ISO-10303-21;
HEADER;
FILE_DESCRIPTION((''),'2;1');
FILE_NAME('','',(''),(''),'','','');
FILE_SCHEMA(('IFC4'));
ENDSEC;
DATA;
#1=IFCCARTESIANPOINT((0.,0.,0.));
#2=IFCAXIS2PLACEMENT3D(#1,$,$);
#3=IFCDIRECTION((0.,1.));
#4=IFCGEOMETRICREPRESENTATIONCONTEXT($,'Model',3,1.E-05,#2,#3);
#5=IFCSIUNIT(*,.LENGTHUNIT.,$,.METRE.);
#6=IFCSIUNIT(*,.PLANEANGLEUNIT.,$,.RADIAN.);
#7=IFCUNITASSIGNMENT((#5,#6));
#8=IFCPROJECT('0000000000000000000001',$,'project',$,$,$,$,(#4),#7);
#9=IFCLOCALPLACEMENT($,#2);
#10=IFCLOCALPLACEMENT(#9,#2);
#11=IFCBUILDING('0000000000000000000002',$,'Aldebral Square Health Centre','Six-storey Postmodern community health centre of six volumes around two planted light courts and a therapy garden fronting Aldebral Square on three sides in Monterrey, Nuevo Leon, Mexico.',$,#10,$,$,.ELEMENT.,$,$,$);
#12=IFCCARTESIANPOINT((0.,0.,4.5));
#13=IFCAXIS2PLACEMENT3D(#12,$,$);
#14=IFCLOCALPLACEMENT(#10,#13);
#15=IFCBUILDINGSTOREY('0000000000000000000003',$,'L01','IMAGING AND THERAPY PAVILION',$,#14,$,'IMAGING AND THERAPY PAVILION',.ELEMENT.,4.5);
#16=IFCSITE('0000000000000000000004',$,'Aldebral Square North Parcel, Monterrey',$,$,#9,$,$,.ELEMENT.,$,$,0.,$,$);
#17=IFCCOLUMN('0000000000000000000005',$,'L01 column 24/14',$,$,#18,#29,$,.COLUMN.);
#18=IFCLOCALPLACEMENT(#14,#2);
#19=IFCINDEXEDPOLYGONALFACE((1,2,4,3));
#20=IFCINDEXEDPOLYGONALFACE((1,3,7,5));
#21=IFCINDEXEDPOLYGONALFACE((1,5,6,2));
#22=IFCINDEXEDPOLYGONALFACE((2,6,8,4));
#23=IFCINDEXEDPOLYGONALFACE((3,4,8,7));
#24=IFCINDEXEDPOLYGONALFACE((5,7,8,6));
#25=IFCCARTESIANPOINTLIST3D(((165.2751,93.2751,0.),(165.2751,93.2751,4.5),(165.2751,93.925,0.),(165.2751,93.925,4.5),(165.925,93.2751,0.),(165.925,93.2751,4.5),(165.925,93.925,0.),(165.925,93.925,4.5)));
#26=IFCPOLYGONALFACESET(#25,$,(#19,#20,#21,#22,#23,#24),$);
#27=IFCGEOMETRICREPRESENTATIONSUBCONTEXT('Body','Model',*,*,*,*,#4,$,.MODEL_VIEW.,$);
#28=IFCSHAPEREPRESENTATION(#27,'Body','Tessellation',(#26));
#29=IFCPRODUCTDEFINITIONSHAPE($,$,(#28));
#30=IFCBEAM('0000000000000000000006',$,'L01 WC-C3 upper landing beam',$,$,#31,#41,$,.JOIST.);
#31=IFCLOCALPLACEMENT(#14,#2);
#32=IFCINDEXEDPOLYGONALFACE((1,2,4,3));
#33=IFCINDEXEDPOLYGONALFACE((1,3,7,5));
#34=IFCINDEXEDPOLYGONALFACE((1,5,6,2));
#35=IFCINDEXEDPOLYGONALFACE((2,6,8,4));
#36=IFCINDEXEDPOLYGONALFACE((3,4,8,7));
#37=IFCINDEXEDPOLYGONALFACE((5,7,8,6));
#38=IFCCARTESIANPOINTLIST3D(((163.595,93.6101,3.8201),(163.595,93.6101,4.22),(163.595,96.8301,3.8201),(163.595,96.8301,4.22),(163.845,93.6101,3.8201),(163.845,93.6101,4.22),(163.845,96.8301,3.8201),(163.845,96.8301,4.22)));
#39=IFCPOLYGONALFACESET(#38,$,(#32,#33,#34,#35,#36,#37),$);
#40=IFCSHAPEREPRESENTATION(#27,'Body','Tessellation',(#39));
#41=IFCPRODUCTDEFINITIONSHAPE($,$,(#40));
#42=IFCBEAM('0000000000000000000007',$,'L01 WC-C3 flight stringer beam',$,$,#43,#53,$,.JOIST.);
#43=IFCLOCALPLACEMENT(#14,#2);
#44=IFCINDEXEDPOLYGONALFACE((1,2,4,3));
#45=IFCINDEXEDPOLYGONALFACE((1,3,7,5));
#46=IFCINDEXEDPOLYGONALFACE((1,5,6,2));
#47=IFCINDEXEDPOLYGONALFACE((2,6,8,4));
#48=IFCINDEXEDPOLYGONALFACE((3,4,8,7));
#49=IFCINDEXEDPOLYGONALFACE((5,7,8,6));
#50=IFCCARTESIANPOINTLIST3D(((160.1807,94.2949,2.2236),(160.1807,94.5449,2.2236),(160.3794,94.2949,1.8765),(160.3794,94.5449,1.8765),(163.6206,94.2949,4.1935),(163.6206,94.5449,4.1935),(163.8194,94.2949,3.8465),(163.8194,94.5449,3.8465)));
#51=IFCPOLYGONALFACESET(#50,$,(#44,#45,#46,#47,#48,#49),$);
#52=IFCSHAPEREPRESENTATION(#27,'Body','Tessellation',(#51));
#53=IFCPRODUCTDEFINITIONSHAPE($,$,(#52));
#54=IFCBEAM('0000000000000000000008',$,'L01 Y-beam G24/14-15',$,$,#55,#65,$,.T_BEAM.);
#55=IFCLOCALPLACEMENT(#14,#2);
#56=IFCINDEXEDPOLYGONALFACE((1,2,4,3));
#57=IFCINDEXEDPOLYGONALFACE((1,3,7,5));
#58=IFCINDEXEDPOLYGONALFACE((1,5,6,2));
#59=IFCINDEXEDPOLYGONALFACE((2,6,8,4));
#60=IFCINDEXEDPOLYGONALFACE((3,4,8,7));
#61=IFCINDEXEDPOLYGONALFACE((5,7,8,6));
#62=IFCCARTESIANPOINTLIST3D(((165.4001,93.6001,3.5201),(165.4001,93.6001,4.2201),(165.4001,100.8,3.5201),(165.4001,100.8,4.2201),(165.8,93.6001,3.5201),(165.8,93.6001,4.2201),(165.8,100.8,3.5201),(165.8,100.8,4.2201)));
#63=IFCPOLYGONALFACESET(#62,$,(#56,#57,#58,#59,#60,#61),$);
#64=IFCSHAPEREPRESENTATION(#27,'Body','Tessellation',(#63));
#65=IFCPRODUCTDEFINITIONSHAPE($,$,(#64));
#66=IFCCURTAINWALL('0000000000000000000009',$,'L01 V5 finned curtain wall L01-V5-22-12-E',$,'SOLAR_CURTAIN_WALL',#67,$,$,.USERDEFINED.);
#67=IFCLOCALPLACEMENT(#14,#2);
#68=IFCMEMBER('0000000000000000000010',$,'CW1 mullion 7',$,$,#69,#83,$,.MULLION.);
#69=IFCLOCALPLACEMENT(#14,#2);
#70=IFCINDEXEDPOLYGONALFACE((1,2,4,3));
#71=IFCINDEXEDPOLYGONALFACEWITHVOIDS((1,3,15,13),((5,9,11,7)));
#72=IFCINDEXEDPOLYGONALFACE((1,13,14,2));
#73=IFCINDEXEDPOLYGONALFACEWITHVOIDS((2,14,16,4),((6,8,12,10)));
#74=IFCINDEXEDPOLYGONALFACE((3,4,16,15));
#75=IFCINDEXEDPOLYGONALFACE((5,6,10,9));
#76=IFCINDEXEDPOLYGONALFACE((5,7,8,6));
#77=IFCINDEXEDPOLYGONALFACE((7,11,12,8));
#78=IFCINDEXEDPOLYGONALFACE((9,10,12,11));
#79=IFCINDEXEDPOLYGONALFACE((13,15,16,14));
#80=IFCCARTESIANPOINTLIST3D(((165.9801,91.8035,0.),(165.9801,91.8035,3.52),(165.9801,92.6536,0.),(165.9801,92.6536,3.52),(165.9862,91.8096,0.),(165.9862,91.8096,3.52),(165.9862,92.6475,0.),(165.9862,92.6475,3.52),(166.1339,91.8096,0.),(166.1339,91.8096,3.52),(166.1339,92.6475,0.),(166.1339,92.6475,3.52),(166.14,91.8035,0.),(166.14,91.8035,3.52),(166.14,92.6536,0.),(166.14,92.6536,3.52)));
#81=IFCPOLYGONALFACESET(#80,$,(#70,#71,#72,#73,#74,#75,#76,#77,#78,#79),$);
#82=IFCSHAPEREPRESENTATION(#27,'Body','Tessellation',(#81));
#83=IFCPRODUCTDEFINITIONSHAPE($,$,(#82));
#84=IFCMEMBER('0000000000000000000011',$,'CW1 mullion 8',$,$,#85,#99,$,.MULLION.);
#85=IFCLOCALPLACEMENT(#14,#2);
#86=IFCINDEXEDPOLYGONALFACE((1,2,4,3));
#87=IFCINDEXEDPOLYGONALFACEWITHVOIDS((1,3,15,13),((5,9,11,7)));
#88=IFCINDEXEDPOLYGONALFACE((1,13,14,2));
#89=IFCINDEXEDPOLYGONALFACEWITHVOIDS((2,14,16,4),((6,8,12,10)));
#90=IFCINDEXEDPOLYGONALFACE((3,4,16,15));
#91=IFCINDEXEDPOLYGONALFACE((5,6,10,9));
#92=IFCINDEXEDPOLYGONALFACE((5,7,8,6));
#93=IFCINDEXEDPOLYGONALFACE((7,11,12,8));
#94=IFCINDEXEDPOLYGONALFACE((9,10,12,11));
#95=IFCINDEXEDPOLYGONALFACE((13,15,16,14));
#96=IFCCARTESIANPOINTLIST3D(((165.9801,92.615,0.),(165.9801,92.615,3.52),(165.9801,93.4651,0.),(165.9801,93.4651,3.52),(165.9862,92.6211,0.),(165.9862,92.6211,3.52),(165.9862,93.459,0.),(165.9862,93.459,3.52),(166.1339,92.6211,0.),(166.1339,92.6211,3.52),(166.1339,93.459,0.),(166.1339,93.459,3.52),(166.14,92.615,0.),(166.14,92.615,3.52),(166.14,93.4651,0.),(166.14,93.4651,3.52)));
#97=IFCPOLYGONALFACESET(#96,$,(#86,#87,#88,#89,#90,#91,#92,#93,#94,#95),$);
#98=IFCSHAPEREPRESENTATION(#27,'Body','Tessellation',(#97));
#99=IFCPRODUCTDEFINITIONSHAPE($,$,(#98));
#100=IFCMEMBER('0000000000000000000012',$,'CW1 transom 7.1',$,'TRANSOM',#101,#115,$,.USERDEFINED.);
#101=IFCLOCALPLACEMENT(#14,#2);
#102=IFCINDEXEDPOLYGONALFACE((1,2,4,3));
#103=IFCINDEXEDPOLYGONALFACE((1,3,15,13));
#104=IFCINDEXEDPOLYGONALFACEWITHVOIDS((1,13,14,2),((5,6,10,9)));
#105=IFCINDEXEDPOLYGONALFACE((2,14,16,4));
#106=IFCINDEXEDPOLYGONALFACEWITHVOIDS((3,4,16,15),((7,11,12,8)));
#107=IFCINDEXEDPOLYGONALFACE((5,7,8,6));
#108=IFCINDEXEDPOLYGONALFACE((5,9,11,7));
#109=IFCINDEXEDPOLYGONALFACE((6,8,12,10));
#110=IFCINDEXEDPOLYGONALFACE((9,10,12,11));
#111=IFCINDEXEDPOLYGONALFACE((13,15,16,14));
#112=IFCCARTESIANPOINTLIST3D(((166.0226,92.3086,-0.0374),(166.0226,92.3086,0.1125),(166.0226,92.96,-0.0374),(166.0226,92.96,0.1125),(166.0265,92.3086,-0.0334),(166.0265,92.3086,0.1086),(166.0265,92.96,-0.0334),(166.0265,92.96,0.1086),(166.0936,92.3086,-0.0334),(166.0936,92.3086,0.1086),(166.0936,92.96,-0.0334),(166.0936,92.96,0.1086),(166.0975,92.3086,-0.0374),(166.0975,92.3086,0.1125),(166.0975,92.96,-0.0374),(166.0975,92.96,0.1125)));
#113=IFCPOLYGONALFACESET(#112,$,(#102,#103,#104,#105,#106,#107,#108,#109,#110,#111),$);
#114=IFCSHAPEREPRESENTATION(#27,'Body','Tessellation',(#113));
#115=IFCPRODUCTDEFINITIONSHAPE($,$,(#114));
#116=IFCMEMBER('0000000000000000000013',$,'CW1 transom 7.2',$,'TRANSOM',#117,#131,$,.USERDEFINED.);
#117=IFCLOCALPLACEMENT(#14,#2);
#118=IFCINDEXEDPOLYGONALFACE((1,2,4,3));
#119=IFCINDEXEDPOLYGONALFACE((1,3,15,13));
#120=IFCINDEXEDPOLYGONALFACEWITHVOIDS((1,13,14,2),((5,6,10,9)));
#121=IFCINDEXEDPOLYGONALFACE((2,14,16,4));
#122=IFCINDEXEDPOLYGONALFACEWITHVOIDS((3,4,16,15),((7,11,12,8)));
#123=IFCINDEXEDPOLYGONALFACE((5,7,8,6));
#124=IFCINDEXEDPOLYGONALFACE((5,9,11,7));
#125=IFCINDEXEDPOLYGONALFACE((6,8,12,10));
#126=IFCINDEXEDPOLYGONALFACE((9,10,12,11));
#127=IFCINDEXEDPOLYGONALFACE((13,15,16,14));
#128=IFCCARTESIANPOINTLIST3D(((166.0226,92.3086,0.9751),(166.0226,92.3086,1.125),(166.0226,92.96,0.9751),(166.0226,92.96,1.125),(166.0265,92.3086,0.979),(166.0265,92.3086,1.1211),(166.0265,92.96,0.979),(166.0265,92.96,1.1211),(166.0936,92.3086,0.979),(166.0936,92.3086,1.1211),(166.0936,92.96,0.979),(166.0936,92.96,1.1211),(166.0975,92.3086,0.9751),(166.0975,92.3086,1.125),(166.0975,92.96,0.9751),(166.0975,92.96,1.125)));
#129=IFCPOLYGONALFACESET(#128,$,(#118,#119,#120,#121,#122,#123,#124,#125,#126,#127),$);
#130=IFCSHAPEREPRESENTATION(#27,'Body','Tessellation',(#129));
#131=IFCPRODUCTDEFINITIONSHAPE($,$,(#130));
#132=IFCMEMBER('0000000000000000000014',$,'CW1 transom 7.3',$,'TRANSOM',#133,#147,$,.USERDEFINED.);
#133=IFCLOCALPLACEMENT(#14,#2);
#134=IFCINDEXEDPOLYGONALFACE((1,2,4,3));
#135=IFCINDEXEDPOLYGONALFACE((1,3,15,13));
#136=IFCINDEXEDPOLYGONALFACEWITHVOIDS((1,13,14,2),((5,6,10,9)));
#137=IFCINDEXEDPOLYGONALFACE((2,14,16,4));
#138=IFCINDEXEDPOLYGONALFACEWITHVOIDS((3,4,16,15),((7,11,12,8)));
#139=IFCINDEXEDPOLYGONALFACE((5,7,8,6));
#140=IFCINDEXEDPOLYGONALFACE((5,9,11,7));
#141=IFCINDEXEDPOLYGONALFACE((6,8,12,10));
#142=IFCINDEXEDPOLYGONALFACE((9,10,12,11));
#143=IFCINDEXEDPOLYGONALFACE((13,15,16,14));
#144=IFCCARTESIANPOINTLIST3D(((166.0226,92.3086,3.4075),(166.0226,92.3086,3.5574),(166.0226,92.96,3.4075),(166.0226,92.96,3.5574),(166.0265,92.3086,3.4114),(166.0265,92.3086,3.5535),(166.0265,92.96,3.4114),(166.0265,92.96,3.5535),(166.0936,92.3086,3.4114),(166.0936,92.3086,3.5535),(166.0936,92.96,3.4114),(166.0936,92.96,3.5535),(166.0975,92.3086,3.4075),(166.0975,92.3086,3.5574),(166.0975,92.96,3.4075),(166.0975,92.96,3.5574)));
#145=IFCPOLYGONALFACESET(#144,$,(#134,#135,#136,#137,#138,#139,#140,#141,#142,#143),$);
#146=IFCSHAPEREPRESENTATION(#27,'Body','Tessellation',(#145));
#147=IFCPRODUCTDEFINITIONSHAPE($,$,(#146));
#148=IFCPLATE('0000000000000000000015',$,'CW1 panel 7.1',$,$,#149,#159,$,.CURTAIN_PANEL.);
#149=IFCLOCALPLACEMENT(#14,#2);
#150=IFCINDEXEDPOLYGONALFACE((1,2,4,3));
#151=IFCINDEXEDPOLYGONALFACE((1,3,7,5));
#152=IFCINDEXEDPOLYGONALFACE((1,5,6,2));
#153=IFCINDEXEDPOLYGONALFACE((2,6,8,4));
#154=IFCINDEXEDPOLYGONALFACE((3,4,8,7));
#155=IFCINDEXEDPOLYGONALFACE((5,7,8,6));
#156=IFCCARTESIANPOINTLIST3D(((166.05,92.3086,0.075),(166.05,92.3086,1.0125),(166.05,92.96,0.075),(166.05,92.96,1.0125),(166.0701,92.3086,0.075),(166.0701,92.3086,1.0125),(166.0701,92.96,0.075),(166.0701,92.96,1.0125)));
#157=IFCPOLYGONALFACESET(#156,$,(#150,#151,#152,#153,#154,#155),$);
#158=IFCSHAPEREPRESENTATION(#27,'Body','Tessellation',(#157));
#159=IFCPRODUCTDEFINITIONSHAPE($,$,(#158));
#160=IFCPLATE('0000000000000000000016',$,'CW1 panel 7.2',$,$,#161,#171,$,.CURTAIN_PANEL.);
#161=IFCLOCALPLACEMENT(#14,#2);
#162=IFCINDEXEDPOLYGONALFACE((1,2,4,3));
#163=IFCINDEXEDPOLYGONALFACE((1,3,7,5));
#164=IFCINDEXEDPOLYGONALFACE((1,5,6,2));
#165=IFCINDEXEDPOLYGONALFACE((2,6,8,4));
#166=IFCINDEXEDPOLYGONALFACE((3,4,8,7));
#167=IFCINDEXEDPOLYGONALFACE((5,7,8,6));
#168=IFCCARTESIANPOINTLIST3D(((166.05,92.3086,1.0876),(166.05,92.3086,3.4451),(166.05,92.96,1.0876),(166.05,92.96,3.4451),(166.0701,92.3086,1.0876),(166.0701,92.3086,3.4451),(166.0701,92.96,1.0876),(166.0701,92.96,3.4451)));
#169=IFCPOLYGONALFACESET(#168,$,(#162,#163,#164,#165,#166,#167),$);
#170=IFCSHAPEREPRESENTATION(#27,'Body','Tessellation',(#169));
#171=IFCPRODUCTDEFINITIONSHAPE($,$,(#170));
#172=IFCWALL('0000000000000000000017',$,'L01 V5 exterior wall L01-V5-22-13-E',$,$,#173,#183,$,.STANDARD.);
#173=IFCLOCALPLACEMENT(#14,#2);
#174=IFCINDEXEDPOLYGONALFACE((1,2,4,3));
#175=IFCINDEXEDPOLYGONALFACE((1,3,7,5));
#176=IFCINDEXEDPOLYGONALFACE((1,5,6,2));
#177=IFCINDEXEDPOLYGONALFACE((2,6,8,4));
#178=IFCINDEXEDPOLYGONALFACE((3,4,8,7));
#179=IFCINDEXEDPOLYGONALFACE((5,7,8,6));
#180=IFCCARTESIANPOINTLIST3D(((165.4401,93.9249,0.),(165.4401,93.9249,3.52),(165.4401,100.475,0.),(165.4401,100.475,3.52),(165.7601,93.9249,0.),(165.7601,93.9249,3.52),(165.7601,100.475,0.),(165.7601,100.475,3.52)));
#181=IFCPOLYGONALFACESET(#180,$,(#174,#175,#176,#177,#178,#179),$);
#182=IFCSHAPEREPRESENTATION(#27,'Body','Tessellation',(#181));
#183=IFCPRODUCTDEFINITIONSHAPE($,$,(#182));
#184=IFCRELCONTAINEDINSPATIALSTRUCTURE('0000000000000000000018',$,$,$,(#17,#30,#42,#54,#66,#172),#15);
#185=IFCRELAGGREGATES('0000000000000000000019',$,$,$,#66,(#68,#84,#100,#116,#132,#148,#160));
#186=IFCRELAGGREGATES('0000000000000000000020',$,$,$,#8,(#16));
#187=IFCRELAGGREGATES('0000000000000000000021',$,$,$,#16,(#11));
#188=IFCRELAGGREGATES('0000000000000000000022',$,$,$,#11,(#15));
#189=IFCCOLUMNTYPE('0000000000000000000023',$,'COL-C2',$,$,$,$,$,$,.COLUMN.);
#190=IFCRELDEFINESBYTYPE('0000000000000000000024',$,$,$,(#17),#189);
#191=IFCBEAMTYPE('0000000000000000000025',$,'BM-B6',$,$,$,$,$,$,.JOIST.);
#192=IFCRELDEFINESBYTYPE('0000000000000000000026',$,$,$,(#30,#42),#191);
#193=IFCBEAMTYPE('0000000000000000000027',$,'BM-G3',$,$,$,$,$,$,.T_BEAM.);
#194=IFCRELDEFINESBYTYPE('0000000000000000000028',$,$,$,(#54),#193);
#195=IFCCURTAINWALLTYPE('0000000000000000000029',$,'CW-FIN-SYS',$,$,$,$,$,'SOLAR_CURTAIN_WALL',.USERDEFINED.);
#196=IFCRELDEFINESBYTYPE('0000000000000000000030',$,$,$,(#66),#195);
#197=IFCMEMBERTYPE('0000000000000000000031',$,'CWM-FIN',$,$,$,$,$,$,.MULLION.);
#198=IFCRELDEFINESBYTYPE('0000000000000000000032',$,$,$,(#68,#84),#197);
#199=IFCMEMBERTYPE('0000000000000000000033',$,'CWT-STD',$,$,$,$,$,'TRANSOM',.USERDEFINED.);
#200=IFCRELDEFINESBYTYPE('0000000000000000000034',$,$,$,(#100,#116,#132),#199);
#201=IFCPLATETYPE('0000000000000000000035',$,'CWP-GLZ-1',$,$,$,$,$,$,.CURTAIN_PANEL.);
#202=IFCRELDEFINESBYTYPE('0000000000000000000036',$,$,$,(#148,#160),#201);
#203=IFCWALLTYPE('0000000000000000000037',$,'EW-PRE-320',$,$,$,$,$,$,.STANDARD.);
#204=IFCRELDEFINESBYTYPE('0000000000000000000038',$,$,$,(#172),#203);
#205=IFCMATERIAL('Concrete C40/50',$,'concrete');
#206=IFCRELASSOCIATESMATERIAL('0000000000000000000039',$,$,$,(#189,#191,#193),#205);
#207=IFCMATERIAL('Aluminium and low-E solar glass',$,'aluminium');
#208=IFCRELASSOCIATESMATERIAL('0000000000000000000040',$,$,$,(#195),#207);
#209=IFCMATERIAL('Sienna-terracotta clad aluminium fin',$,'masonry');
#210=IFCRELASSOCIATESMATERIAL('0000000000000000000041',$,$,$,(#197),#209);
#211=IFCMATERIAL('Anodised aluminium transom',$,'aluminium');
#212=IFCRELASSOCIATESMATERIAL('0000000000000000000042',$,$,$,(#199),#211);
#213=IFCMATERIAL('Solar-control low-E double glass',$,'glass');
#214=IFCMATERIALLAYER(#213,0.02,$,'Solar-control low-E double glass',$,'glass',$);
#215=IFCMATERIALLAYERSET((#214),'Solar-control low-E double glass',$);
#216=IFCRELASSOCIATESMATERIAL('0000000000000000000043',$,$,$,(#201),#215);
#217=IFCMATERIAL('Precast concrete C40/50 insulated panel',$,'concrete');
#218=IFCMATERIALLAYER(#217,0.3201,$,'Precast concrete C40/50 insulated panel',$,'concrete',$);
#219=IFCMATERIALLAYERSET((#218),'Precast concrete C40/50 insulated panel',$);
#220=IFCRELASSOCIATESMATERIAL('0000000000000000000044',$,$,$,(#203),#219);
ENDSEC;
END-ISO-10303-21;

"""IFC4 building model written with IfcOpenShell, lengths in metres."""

from ifc_helpers import new_model, si_unit, direction, frame, frame_2d, origin, origin_2d, place, context, subcontext, project, spatial, rectangle, hollow_rectangle, extrude, material, layer, layer_set, material_profile, profile_set, type_object, element, aggregate, save


model = new_model("IFC4")

# Units and contexts
model_context = context("Model", 3, precision=1e-05, world=origin(), true_north=direction((0.0, 1.0)))
body_context = subcontext(model_context, "Body", "Model", "MODEL_VIEW")
ifc_project = project(units=[si_unit("LENGTHUNIT", "METRE"), si_unit("PLANEANGLEUNIT", "RADIAN")], contexts=[model_context])

# Site, building, storey
site_placement = place(None, origin())
site = spatial("IfcSite", under=ifc_project, at=site_placement, Name="Aldebral Square North Parcel, Monterrey", CompositionType="ELEMENT", RefElevation=0.0)
building_placement = place(site_placement, origin())
building = spatial("IfcBuilding", under=site, at=building_placement, Name="Aldebral Square Health Centre", Description="Six-storey Postmodern community health centre of six volumes around two planted light courts and a therapy garden fronting Aldebral Square on three sides in Monterrey, Nuevo Leon, Mexico.", CompositionType="ELEMENT")
storey_placement = place(building_placement, frame((0.0, 0.0, 4.5)))
storey = spatial("IfcBuildingStorey", under=building, at=storey_placement, Name="L01", Description="IMAGING AND THERAPY PAVILION", LongName="IMAGING AND THERAPY PAVILION", CompositionType="ELEMENT", Elevation=4.5)

# Column
ifc_material_1 = material(Name="Concrete C40/50", Category="concrete")
ifc_material_profile_1 = material_profile(ifc_material_1, rectangle(XDim=0.6499, YDim=0.6499, at=origin_2d()), Name="RC 650x650")
ifc_profile_set_1 = profile_set([ifc_material_profile_1], Name="Concrete C40/50")
column_type = type_object("IfcColumnType", Name="COL-C2", PredefinedType="COLUMN", material=ifc_profile_set_1)
column_placement = place(storey_placement, frame((165.6001, 93.6001, 0.0), z_axis=(0.0, 0.0, 1.0), x_axis=(1.0, 0.0, 0.0)))
element("IfcColumn", 1, at=column_placement, inside=storey, type_object=column_type, Name="L01 column 24/14", PredefinedType="COLUMN", context=body_context, shape_type="SweptSolid", body=[
    extrude(rectangle(XDim=0.6499, YDim=0.6499, at=origin_2d()), origin(), (0.0, 0.0, 1.0), 4.5),
])

# Beams
ifc_material_profile_2 = material_profile(ifc_material_1, rectangle(XDim=0.25, YDim=0.3999, at=origin_2d()), Name="RC 250x400")
ifc_profile_set_2 = profile_set([ifc_material_profile_2], Name="Concrete C40/50")
beam_type_1 = type_object("IfcBeamType", Name="BM-B6", PredefinedType="JOIST", material=ifc_profile_set_2)
beam_1_placement = place(storey_placement, frame((163.72, 93.6101, 4.02), z_axis=(0.0, 1.0, 0.0), x_axis=(-1.0, 0.0, 0.0)))
element("IfcBeam", 2, at=beam_1_placement, inside=storey, type_object=beam_type_1, Name="L01 WC-C3 upper landing beam", PredefinedType="JOIST", context=body_context, shape_type="SweptSolid", body=[
    extrude(rectangle(XDim=0.25, YDim=0.3999, at=origin_2d()), origin(), (0.0, 0.0, 1.0), 3.22),
])
beam_2_placement = place(storey_placement, frame((160.28, 94.4199, 2.05), z_axis=(0.867777, 0.0, 0.496955), x_axis=(0.0, 1.0, 0.0)))
element("IfcBeam", 3, at=beam_2_placement, inside=storey, type_object=beam_type_1, Name="L01 WC-C3 flight stringer beam", PredefinedType="JOIST", context=body_context, shape_type="SweptSolid", body=[
    extrude(rectangle(XDim=0.25, YDim=0.3999, at=origin_2d()), origin(), (0.0, 0.0, 1.0), 3.9641),
])
ifc_material_profile_3 = material_profile(ifc_material_1, rectangle(XDim=0.3999, YDim=0.7, at=origin_2d()), Name="RC 400x700")
ifc_profile_set_3 = profile_set([ifc_material_profile_3], Name="Concrete C40/50")
beam_type_2 = type_object("IfcBeamType", Name="BM-G3", PredefinedType="T_BEAM", material=ifc_profile_set_3)
beam_3_placement = place(storey_placement, frame((165.6001, 93.6001, 3.8701), z_axis=(0.0, 1.0, 0.0), x_axis=(-1.0, 0.0, 0.0)))
element("IfcBeam", 4, at=beam_3_placement, inside=storey, type_object=beam_type_2, Name="L01 Y-beam G24/14-15", PredefinedType="T_BEAM", context=body_context, shape_type="SweptSolid", body=[
    extrude(rectangle(XDim=0.3999, YDim=0.7, at=origin_2d()), origin(), (0.0, 0.0, 1.0), 7.2),
])

# Curtain wall, members, plates
ifc_material_2 = material(Name="Aluminium and low-E solar glass", Category="aluminium")
curtain_wall_type = type_object("IfcCurtainWallType", Name="CW-FIN-SYS", ElementType="SOLAR_CURTAIN_WALL", PredefinedType="USERDEFINED", material=ifc_material_2)
curtain_wall_placement = place(storey_placement, origin())
curtain_wall = element("IfcCurtainWall", 5, at=curtain_wall_placement, inside=storey, type_object=curtain_wall_type, Name="L01 V5 finned curtain wall L01-V5-22-12-E", ObjectType="SOLAR_CURTAIN_WALL", PredefinedType="USERDEFINED")
ifc_material_3 = material(Name="Sienna-terracotta clad aluminium fin", Category="masonry")
ifc_material_profile_4 = material_profile(ifc_material_3, hollow_rectangle(XDim=0.1599, YDim=0.8501, WallThickness=0.0061, at=origin_2d()), Name="FIN 160x850x6")
ifc_profile_set_4 = profile_set([ifc_material_profile_4], Name="Sienna-terracotta clad aluminium fin")
member_type_1 = type_object("IfcMemberType", Name="CWM-FIN", PredefinedType="MULLION", material=ifc_profile_set_4)
member_1_placement = place(storey_placement, frame((166.0601, 92.2285, 0.0), z_axis=(0.0, 0.0, 1.0), x_axis=(-1.0, 0.0, 0.0)))
member_1 = element("IfcMember", 6, at=member_1_placement, type_object=member_type_1, Name="CW1 mullion 7", PredefinedType="MULLION", context=body_context, shape_type="SweptSolid", body=[
    extrude(hollow_rectangle(XDim=0.1599, YDim=0.8501, WallThickness=0.0061, at=origin_2d()), origin(), (0.0, 0.0, 1.0), 3.52),
])
member_2_placement = place(storey_placement, frame((166.0601, 93.04, 0.0), z_axis=(0.0, 0.0, 1.0), x_axis=(-1.0, 0.0, 0.0)))
member_2 = element("IfcMember", 7, at=member_2_placement, type_object=member_type_1, Name="CW1 mullion 8", PredefinedType="MULLION", context=body_context, shape_type="SweptSolid", body=[
    extrude(hollow_rectangle(XDim=0.1599, YDim=0.8501, WallThickness=0.0061, at=origin_2d()), origin(), (0.0, 0.0, 1.0), 3.52),
])
ifc_material_4 = material(Name="Anodised aluminium transom", Category="aluminium")
ifc_material_profile_5 = material_profile(ifc_material_4, hollow_rectangle(XDim=0.075, YDim=0.1499, WallThickness=0.0039, at=origin_2d()), Name="CWT 75x150x4")
ifc_profile_set_5 = profile_set([ifc_material_profile_5], Name="Anodised aluminium transom")
member_type_2 = type_object("IfcMemberType", Name="CWT-STD", ElementType="TRANSOM", PredefinedType="USERDEFINED", material=ifc_profile_set_5)
member_3_placement = place(storey_placement, frame((166.0601, 92.3086, 0.0376), z_axis=(0.0, 1.0, 0.0), x_axis=(-1.0, 0.0, 0.0)))
member_3 = element("IfcMember", 8, at=member_3_placement, type_object=member_type_2, Name="CW1 transom 7.1", ObjectType="TRANSOM", PredefinedType="USERDEFINED", context=body_context, shape_type="SweptSolid", body=[
    extrude(hollow_rectangle(XDim=0.075, YDim=0.1499, WallThickness=0.0039, at=origin_2d()), origin(), (0.0, 0.0, 1.0), 0.6514),
])
member_4_placement = place(storey_placement, frame((166.0601, 92.3086, 1.05), z_axis=(0.0, 1.0, 0.0), x_axis=(-1.0, 0.0, 0.0)))
member_4 = element("IfcMember", 9, at=member_4_placement, type_object=member_type_2, Name="CW1 transom 7.2", ObjectType="TRANSOM", PredefinedType="USERDEFINED", context=body_context, shape_type="SweptSolid", body=[
    extrude(hollow_rectangle(XDim=0.075, YDim=0.1499, WallThickness=0.0039, at=origin_2d()), origin(), (0.0, 0.0, 1.0), 0.6514),
])
member_5_placement = place(storey_placement, frame((166.0601, 92.3086, 3.4824), z_axis=(0.0, 1.0, 0.0), x_axis=(-1.0, 0.0, 0.0)))
member_5 = element("IfcMember", 10, at=member_5_placement, type_object=member_type_2, Name="CW1 transom 7.3", ObjectType="TRANSOM", PredefinedType="USERDEFINED", context=body_context, shape_type="SweptSolid", body=[
    extrude(hollow_rectangle(XDim=0.075, YDim=0.1499, WallThickness=0.0039, at=origin_2d()), origin(), (0.0, 0.0, 1.0), 0.6514),
])
ifc_material_5 = material(Name="Solar-control low-E double glass", Category="glass")
ifc_layer_1 = layer(ifc_material_5, 0.02, Name="Solar-control low-E double glass", Category="glass")
ifc_layer_set_1 = layer_set([ifc_layer_1], Name="Solar-control low-E double glass")
plate_type = type_object("IfcPlateType", Name="CWP-GLZ-1", PredefinedType="CURTAIN_PANEL", material=ifc_layer_set_1)
plate_1_placement = place(storey_placement, frame((166.0601, 92.6343, 0.075), z_axis=(0.0, 0.0, 1.0), x_axis=(0.0, 1.0, 0.0)))
plate_1 = element("IfcPlate", 11, at=plate_1_placement, type_object=plate_type, Name="CW1 panel 7.1", PredefinedType="CURTAIN_PANEL", context=body_context, shape_type="SweptSolid", body=[
    extrude(rectangle(XDim=0.6514, YDim=0.02, at=origin_2d()), origin(), (0.0, 0.0, 1.0), 0.9375),
])
plate_2_placement = place(storey_placement, frame((166.0601, 92.6343, 1.0876), z_axis=(0.0, 0.0, 1.0), x_axis=(0.0, 1.0, 0.0)))
plate_2 = element("IfcPlate", 12, at=plate_2_placement, type_object=plate_type, Name="CW1 panel 7.2", PredefinedType="CURTAIN_PANEL", context=body_context, shape_type="SweptSolid", body=[
    extrude(rectangle(XDim=0.6514, YDim=0.02, at=origin_2d()), origin(), (0.0, 0.0, 1.0), 2.3574),
])
aggregate(curtain_wall, [member_1, member_2, member_3, member_4, member_5, plate_1, plate_2])

# Wall
ifc_material_6 = material(Name="Precast concrete C40/50 insulated panel", Category="concrete")
ifc_layer_2 = layer(ifc_material_6, 0.3201, Name="Precast concrete C40/50 insulated panel", Category="concrete")
ifc_layer_set_2 = layer_set([ifc_layer_2], Name="Precast concrete C40/50 insulated panel")
wall_type_1 = type_object("IfcWallType", Name="EW-PRE-320", PredefinedType="STANDARD", material=ifc_layer_set_2)
wall_1_placement = place(storey_placement, frame((165.6001, 93.925, 0.0), z_axis=(0.0, 0.0, 1.0), x_axis=(0.0, 1.0, 0.0)))
element("IfcWall", 13, at=wall_1_placement, inside=storey, type_object=wall_type_1, Name="L01 V5 exterior wall L01-V5-22-13-E", PredefinedType="STANDARD", context=body_context, shape_type="SweptSolid", body=[
    extrude(rectangle(XDim=6.55, YDim=0.3201, at=frame_2d((3.2749, 0.0))), origin(), (0.0, 0.0, 1.0), 3.52),
])

save(model, "model.ifc")
